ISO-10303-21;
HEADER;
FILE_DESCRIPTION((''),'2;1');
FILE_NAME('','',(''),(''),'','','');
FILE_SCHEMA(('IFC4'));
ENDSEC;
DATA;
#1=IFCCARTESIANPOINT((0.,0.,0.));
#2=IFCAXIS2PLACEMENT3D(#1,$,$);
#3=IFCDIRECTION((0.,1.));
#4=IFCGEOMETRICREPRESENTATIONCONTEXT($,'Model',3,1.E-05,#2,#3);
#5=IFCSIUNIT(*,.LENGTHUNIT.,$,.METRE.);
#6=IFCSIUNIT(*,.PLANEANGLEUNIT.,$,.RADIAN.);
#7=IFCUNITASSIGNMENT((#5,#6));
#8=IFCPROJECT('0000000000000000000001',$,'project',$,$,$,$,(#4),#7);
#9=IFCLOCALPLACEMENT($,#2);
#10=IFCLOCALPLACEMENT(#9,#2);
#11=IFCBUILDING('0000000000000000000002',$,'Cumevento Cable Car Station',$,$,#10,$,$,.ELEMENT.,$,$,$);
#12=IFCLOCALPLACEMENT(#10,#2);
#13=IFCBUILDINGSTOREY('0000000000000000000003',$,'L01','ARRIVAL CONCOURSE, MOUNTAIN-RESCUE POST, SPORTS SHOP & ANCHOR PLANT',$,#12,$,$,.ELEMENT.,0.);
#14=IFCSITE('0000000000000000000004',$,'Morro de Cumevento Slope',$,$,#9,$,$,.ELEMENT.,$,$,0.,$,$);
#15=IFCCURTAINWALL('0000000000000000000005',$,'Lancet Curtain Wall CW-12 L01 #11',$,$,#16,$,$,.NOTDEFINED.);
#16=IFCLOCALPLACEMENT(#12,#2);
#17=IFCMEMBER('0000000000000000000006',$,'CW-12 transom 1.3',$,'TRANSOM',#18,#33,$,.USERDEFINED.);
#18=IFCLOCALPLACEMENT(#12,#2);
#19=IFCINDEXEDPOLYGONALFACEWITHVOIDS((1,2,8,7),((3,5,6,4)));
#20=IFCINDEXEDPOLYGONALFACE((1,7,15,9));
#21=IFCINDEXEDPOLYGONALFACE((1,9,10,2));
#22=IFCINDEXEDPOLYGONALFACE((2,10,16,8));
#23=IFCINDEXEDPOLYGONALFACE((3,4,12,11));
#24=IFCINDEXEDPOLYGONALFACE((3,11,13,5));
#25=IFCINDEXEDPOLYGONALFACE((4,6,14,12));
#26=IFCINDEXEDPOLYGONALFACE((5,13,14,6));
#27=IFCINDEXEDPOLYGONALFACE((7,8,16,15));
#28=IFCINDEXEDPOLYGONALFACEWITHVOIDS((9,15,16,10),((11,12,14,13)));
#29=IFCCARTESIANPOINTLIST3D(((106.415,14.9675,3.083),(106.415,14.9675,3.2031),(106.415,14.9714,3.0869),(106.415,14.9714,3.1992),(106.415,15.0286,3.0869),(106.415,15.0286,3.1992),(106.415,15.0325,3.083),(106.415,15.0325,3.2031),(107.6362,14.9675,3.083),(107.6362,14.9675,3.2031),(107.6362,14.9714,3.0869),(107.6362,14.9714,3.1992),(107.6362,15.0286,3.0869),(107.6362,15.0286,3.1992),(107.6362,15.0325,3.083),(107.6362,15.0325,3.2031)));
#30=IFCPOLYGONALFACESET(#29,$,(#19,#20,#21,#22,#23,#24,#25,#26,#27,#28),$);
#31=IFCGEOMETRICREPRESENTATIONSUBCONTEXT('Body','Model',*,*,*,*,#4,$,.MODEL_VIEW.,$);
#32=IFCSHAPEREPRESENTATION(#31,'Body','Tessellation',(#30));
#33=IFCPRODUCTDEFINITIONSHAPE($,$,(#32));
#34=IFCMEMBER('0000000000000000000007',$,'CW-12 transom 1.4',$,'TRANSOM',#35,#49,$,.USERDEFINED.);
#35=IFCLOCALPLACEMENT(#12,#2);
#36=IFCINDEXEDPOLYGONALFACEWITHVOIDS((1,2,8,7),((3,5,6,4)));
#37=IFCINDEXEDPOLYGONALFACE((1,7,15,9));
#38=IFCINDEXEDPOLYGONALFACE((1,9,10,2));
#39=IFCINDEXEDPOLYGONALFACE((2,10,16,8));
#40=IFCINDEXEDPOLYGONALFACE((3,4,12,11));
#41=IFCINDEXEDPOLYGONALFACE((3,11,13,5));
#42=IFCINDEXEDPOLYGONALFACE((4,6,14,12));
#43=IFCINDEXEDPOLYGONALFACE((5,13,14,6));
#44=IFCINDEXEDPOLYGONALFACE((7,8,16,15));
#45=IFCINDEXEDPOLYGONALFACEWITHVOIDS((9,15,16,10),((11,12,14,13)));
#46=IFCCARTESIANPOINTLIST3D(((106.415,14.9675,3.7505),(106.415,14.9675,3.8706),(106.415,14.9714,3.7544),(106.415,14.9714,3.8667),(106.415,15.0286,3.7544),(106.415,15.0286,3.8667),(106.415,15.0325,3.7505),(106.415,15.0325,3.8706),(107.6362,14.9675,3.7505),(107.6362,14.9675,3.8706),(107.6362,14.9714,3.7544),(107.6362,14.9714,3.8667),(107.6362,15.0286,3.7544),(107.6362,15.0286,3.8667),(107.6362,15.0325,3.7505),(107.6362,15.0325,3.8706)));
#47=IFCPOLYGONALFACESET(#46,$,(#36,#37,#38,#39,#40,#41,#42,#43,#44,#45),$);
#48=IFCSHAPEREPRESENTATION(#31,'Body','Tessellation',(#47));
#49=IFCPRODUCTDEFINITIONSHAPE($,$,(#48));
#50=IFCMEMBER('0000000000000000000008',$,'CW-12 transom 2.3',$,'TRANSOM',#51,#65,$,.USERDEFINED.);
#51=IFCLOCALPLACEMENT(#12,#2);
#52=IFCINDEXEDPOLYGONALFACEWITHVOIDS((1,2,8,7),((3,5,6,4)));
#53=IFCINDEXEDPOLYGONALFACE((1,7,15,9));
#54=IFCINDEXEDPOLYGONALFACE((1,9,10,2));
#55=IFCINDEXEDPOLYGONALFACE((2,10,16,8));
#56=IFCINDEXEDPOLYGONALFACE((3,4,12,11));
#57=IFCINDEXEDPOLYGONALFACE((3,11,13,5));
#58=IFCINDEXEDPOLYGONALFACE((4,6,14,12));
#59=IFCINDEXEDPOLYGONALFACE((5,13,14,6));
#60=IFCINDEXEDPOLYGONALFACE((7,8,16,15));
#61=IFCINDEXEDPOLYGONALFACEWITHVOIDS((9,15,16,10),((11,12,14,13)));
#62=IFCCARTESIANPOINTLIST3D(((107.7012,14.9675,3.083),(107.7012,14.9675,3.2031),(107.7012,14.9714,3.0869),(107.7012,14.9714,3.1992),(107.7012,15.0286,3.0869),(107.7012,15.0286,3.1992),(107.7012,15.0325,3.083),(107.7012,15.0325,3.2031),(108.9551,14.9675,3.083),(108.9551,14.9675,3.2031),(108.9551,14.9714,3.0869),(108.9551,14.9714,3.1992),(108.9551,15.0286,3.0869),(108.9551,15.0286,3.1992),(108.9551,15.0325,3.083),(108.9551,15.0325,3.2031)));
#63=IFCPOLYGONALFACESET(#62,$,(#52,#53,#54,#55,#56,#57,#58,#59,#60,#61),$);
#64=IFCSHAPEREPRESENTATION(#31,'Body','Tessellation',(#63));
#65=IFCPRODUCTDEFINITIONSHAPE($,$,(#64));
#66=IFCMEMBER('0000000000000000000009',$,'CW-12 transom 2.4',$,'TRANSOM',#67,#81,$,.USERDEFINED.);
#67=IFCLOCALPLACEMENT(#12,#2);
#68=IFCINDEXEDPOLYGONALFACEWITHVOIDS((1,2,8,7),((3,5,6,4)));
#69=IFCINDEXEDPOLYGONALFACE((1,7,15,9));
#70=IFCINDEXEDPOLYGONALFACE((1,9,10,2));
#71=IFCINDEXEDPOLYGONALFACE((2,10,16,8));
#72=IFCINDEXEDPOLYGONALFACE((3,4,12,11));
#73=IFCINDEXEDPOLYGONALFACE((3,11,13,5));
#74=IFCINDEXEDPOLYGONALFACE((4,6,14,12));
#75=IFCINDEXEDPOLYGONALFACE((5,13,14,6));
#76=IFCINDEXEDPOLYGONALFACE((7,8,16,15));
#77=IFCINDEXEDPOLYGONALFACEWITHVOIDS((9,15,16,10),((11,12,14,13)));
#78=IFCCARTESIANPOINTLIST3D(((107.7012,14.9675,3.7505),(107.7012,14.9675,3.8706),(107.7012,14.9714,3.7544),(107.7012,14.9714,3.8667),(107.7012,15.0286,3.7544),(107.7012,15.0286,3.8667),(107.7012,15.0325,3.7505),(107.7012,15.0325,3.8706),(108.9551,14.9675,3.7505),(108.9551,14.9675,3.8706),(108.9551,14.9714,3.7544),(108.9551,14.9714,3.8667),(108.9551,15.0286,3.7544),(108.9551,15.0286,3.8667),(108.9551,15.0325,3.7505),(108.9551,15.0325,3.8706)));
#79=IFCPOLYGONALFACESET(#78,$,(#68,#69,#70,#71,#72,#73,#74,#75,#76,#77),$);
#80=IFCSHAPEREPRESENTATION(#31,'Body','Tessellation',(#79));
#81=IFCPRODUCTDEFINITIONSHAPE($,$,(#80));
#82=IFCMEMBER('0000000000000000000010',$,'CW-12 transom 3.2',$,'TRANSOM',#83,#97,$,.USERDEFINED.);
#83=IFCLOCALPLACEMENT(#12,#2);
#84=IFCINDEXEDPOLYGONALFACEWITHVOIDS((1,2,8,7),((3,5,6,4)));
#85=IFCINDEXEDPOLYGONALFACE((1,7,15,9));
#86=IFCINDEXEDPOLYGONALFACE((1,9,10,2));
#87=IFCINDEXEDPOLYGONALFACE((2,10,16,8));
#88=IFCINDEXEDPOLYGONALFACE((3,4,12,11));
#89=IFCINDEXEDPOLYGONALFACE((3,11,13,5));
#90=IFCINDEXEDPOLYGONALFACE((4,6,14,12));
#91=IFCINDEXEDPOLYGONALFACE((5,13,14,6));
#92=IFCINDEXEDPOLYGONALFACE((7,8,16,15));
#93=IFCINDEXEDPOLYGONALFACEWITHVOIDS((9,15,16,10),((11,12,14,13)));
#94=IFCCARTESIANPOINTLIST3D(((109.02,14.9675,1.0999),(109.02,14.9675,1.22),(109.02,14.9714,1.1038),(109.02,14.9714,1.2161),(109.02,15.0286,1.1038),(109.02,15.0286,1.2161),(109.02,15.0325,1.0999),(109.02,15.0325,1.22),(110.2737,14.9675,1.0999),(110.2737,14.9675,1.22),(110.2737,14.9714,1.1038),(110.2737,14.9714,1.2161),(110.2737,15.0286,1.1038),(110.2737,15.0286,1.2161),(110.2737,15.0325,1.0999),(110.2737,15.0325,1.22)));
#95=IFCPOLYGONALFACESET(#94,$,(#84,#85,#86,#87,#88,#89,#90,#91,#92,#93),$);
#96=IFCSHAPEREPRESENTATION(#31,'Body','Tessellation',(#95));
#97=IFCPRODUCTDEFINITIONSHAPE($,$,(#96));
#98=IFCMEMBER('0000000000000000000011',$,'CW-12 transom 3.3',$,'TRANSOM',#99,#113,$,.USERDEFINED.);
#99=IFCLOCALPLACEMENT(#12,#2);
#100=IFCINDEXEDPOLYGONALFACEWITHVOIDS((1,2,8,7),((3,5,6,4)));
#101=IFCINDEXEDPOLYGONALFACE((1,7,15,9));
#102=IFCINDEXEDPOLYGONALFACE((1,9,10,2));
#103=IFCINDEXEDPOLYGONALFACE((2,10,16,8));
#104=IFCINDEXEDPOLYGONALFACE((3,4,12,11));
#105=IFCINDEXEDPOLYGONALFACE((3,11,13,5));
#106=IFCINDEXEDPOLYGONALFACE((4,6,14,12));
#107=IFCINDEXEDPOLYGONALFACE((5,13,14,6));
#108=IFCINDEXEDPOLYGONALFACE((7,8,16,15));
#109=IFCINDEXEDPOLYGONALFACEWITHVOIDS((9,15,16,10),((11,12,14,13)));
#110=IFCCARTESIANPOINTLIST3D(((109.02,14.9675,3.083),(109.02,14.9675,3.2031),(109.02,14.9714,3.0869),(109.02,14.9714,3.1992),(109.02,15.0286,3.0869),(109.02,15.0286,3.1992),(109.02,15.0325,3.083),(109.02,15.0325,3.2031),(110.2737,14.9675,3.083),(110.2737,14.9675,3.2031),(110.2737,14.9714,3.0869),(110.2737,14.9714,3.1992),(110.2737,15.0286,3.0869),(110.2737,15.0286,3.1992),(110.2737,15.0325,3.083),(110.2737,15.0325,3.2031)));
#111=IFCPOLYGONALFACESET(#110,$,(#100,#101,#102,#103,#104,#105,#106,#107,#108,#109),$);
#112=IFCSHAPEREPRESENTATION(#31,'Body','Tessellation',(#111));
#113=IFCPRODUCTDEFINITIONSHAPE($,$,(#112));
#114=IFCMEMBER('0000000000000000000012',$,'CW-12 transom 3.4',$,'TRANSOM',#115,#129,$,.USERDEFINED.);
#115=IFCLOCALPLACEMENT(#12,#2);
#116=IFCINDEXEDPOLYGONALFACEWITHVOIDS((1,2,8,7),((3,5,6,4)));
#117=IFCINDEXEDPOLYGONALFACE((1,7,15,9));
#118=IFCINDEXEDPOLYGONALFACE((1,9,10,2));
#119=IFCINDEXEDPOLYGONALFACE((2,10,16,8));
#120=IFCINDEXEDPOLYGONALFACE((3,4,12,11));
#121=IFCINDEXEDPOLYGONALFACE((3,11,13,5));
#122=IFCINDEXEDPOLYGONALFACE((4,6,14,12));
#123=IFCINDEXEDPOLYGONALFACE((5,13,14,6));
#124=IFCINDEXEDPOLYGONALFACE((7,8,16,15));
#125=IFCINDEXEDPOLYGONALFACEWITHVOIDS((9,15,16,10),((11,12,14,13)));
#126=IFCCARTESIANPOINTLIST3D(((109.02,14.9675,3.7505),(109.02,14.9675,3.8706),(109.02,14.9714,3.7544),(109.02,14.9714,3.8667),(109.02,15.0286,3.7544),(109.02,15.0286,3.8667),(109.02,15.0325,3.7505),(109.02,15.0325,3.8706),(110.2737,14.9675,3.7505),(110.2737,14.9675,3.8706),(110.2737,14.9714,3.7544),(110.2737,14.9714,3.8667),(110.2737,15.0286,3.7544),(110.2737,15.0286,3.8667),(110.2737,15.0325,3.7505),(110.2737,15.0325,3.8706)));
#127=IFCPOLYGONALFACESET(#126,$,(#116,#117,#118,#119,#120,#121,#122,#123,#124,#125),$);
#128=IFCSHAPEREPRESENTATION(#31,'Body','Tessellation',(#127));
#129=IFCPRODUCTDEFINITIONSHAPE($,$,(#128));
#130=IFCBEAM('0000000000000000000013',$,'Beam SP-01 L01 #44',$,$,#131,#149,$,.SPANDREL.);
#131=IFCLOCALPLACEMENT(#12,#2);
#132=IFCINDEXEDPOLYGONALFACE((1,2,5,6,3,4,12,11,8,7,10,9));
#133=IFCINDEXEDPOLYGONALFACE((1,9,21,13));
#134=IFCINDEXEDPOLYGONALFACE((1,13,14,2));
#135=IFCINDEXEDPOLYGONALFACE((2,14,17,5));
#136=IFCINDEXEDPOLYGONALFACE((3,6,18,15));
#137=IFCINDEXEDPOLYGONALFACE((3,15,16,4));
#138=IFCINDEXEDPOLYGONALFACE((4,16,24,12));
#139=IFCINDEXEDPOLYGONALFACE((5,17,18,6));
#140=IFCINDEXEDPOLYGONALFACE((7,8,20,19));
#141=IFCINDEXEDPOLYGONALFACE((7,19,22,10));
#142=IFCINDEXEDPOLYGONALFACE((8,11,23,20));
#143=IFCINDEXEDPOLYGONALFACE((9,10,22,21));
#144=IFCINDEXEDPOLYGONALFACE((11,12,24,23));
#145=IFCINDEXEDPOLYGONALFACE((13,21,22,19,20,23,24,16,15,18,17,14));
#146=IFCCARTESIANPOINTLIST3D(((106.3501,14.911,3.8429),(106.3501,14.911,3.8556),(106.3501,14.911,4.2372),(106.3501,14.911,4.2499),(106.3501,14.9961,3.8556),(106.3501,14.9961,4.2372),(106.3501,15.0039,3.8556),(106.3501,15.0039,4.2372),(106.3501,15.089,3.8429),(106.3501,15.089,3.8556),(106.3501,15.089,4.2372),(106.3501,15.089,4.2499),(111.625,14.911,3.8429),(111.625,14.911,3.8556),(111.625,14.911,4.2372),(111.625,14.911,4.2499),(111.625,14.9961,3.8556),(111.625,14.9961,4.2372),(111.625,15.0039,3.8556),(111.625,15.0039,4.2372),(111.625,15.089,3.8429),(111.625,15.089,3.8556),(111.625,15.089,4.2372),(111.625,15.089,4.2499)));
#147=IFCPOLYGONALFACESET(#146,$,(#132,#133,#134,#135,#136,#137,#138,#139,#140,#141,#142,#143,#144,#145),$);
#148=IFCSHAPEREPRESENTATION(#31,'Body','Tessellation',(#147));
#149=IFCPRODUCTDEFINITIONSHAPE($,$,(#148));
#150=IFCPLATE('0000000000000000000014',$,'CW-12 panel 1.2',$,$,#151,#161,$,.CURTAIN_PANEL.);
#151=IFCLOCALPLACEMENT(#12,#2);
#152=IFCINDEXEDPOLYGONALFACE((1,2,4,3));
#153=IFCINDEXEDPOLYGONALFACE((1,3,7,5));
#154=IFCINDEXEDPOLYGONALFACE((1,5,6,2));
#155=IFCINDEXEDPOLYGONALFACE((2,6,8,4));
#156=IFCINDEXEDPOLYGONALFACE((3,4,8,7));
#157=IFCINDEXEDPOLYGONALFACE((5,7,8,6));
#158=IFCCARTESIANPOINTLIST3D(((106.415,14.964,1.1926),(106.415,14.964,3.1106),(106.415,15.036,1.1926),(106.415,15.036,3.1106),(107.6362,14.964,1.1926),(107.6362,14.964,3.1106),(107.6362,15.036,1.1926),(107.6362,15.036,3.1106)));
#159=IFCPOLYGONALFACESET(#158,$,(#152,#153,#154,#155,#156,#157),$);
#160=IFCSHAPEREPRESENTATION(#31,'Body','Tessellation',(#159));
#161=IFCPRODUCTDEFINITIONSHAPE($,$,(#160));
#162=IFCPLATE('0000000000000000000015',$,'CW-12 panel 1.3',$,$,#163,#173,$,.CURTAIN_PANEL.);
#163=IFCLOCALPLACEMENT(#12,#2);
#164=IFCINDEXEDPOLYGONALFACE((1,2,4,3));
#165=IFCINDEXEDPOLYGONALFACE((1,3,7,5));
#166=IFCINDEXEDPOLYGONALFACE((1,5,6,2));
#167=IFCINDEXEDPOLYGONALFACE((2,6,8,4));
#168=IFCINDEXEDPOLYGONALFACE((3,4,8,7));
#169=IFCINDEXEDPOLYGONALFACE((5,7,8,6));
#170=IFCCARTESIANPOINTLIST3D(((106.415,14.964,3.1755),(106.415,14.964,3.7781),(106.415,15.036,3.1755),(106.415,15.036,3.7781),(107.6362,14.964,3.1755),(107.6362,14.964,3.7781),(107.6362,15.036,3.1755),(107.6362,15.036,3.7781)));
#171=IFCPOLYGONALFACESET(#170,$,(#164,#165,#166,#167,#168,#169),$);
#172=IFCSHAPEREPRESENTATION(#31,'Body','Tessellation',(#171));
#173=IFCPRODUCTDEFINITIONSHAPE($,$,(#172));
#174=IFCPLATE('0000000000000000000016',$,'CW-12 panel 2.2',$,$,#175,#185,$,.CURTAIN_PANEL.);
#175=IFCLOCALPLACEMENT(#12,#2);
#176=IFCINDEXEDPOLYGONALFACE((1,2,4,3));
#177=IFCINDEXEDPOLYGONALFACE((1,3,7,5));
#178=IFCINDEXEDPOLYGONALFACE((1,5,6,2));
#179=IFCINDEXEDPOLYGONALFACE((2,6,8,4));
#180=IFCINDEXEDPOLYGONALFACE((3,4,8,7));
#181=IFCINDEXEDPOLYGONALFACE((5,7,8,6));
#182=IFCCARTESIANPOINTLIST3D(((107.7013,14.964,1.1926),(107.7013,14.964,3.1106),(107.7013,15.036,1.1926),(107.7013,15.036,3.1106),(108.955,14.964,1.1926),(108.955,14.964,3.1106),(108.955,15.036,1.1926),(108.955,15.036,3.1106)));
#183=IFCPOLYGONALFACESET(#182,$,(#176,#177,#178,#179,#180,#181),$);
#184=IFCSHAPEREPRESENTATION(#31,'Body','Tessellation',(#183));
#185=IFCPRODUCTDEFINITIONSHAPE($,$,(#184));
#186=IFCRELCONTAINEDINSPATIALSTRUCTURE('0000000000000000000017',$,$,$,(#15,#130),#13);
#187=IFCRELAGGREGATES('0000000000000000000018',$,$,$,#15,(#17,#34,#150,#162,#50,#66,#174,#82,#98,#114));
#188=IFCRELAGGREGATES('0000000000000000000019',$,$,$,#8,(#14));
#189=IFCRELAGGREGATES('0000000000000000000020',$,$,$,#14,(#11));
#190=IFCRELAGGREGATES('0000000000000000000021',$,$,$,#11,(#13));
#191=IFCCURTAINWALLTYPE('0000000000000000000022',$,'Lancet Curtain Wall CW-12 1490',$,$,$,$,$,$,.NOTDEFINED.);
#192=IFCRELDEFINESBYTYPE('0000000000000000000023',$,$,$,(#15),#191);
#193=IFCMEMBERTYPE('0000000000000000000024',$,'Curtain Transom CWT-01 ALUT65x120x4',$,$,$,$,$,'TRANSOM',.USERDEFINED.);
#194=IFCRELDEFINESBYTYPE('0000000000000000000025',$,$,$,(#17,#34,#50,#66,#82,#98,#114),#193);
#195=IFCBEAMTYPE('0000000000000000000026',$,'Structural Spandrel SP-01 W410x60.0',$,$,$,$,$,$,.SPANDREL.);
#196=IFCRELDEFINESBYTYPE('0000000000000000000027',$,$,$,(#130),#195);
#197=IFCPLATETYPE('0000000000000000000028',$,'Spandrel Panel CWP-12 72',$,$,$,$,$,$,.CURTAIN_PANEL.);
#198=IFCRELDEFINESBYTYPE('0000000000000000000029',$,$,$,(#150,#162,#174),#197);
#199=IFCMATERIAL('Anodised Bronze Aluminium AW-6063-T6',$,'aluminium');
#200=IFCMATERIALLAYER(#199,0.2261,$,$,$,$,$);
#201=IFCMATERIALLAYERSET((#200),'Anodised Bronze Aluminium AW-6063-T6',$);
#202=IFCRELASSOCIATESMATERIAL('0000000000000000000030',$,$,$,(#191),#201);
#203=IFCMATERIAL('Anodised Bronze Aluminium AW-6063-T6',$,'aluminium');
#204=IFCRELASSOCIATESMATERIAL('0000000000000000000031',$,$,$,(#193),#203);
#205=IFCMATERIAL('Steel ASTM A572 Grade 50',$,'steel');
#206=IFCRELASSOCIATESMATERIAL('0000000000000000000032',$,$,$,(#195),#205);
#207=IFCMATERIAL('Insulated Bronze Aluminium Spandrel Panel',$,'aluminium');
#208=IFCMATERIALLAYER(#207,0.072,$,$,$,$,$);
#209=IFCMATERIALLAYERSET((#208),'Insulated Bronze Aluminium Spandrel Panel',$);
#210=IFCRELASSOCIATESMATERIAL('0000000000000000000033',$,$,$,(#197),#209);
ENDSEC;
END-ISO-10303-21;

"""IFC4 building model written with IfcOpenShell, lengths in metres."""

from ifc_helpers import new_model, si_unit, direction, frame, origin, origin_2d, place, context, subcontext, project, spatial, rectangle, hollow_rectangle, i_section, extrude, material, layer, layer_set, material_profile, profile_set, type_object, element, aggregate, save


model = new_model("IFC4")

# Units and contexts
model_context = context("Model", 3, precision=1e-05, world=origin(), true_north=direction((0.0, 1.0)))
body_context = subcontext(model_context, "Body", "Model", "MODEL_VIEW")
ifc_project = project(units=[si_unit("LENGTHUNIT", "METRE"), si_unit("PLANEANGLEUNIT", "RADIAN")], contexts=[model_context])

# Site, building, storey
site_placement = place(None, origin())
site = spatial("IfcSite", under=ifc_project, at=site_placement, Name="Morro de Cumevento Slope", CompositionType="ELEMENT", RefElevation=0.0)
building_placement = place(site_placement, origin())
building = spatial("IfcBuilding", under=site, at=building_placement, Name="Cumevento Cable Car Station", CompositionType="ELEMENT")
storey_placement = place(building_placement, origin())
storey = spatial("IfcBuildingStorey", under=building, at=storey_placement, Name="L01", Description="ARRIVAL CONCOURSE, MOUNTAIN-RESCUE POST, SPORTS SHOP & ANCHOR PLANT", CompositionType="ELEMENT", Elevation=0.0)

# Curtain wall, members
ifc_material_1 = material(Name="Anodised Bronze Aluminium AW-6063-T6", Category="aluminium")
ifc_layer_1 = layer(ifc_material_1, 0.2261)
ifc_layer_set_1 = layer_set([ifc_layer_1], Name="Anodised Bronze Aluminium AW-6063-T6")
curtain_wall_type = type_object("IfcCurtainWallType", Name="Lancet Curtain Wall CW-12 1490", PredefinedType="NOTDEFINED", material=ifc_layer_set_1)
curtain_wall_placement = place(storey_placement, origin())
curtain_wall = element("IfcCurtainWall", 1, at=curtain_wall_placement, inside=storey, type_object=curtain_wall_type, Name="Lancet Curtain Wall CW-12 L01 #11", PredefinedType="NOTDEFINED")
ifc_material_2 = material(Name="Anodised Bronze Aluminium AW-6063-T6", Category="aluminium")
ifc_material_profile_1 = material_profile(ifc_material_2, hollow_rectangle(XDim=0.0649, YDim=0.1201, WallThickness=0.0039, at=origin_2d()), Name="ALUT65x120x4")
ifc_profile_set_1 = profile_set([ifc_material_profile_1], Name="Anodised Bronze Aluminium AW-6063-T6")
member_type = type_object("IfcMemberType", Name="Curtain Transom CWT-01 ALUT65x120x4", ElementType="TRANSOM", PredefinedType="USERDEFINED", material=ifc_profile_set_1)
member_1_placement = place(storey_placement, frame((106.415, 15.0, 3.1431), z_axis=(1.0, 0.0, 0.0), x_axis=(0.0, 1.0, 0.0)))
member_1 = element("IfcMember", 2, at=member_1_placement, type_object=member_type, Name="CW-12 transom 1.3", ObjectType="TRANSOM", PredefinedType="USERDEFINED", context=body_context, shape_type="SweptSolid", body=[
    extrude(hollow_rectangle(XDim=0.0649, YDim=0.1201, WallThickness=0.0039, at=origin_2d()), origin(), (0.0, 0.0, 1.0), 1.2212),
])
member_2_placement = place(storey_placement, frame((106.415, 15.0, 3.8105), z_axis=(1.0, 0.0, 0.0), x_axis=(0.0, 1.0, 0.0)))
member_2 = element("IfcMember", 3, at=member_2_placement, type_object=member_type, Name="CW-12 transom 1.4", ObjectType="TRANSOM", PredefinedType="USERDEFINED", context=body_context, shape_type="SweptSolid", body=[
    extrude(hollow_rectangle(XDim=0.0649, YDim=0.1201, WallThickness=0.0039, at=origin_2d()), origin(), (0.0, 0.0, 1.0), 1.2212),
])
member_3_placement = place(storey_placement, frame((107.7012, 15.0, 3.1431), z_axis=(1.0, 0.0, 0.0), x_axis=(0.0, 1.0, 0.0)))
member_3 = element("IfcMember", 4, at=member_3_placement, type_object=member_type, Name="CW-12 transom 2.3", ObjectType="TRANSOM", PredefinedType="USERDEFINED", context=body_context, shape_type="SweptSolid", body=[
    extrude(hollow_rectangle(XDim=0.0649, YDim=0.1201, WallThickness=0.0039, at=origin_2d()), origin(), (0.0, 0.0, 1.0), 1.2539),
])
member_4_placement = place(storey_placement, frame((107.7012, 15.0, 3.8105), z_axis=(1.0, 0.0, 0.0), x_axis=(0.0, 1.0, 0.0)))
member_4 = element("IfcMember", 5, at=member_4_placement, type_object=member_type, Name="CW-12 transom 2.4", ObjectType="TRANSOM", PredefinedType="USERDEFINED", context=body_context, shape_type="SweptSolid", body=[
    extrude(hollow_rectangle(XDim=0.0649, YDim=0.1201, WallThickness=0.0039, at=origin_2d()), origin(), (0.0, 0.0, 1.0), 1.2539),
])
member_5_placement = place(storey_placement, frame((109.02, 15.0, 1.1599), z_axis=(1.0, 0.0, 0.0), x_axis=(0.0, 1.0, 0.0)))
member_5 = element("IfcMember", 6, at=member_5_placement, type_object=member_type, Name="CW-12 transom 3.2", ObjectType="TRANSOM", PredefinedType="USERDEFINED", context=body_context, shape_type="SweptSolid", body=[
    extrude(hollow_rectangle(XDim=0.0649, YDim=0.1201, WallThickness=0.0039, at=origin_2d()), origin(), (0.0, 0.0, 1.0), 1.2537),
])
member_6_placement = place(storey_placement, frame((109.02, 15.0, 3.1431), z_axis=(1.0, 0.0, 0.0), x_axis=(0.0, 1.0, 0.0)))
member_6 = element("IfcMember", 7, at=member_6_placement, type_object=member_type, Name="CW-12 transom 3.3", ObjectType="TRANSOM", PredefinedType="USERDEFINED", context=body_context, shape_type="SweptSolid", body=[
    extrude(hollow_rectangle(XDim=0.0649, YDim=0.1201, WallThickness=0.0039, at=origin_2d()), origin(), (0.0, 0.0, 1.0), 1.2537),
])
member_7_placement = place(storey_placement, frame((109.02, 15.0, 3.8105), z_axis=(1.0, 0.0, 0.0), x_axis=(0.0, 1.0, 0.0)))
member_7 = element("IfcMember", 8, at=member_7_placement, type_object=member_type, Name="CW-12 transom 3.4", ObjectType="TRANSOM", PredefinedType="USERDEFINED", context=body_context, shape_type="SweptSolid", body=[
    extrude(hollow_rectangle(XDim=0.0649, YDim=0.1201, WallThickness=0.0039, at=origin_2d()), origin(), (0.0, 0.0, 1.0), 1.2537),
])

# Beam
ifc_material_3 = material(Name="Steel ASTM A572 Grade 50", Category="steel")
ifc_material_profile_2 = material_profile(ifc_material_3, i_section(OverallWidth=0.178, OverallDepth=0.407, WebThickness=0.0078, FlangeThickness=0.0127, at=origin_2d()), Name="W410x60.0")
ifc_profile_set_2 = profile_set([ifc_material_profile_2], Name="Steel ASTM A572 Grade 50")
beam_type = type_object("IfcBeamType", Name="Structural Spandrel SP-01 W410x60.0", PredefinedType="SPANDREL", material=ifc_profile_set_2)
beam_placement = place(storey_placement, frame((106.3501, 15.0, 4.0464), z_axis=(1.0, 0.0, 0.0), x_axis=(0.0, 1.0, 0.0)))
element("IfcBeam", 9, at=beam_placement, inside=storey, type_object=beam_type, Name="Beam SP-01 L01 #44", PredefinedType="SPANDREL", context=body_context, shape_type="SweptSolid", body=[
    extrude(i_section(OverallWidth=0.178, OverallDepth=0.407, WebThickness=0.0078, FlangeThickness=0.0127, at=origin_2d()), origin(), (0.0, 0.0, 1.0), 5.2749),
])

# Plates
ifc_material_4 = material(Name="Insulated Bronze Aluminium Spandrel Panel", Category="aluminium")
ifc_layer_2 = layer(ifc_material_4, 0.072)
ifc_layer_set_2 = layer_set([ifc_layer_2], Name="Insulated Bronze Aluminium Spandrel Panel")
plate_type = type_object("IfcPlateType", Name="Spandrel Panel CWP-12 72", PredefinedType="CURTAIN_PANEL", material=ifc_layer_set_2)
plate_1_placement = place(storey_placement, frame((107.0256, 15.0, 1.1926), z_axis=(0.0, 0.0, 1.0), x_axis=(1.0, 0.0, 0.0)))
plate_1 = element("IfcPlate", 10, at=plate_1_placement, type_object=plate_type, Name="CW-12 panel 1.2", PredefinedType="CURTAIN_PANEL", context=body_context, shape_type="SweptSolid", body=[
    extrude(rectangle(XDim=1.2212, YDim=0.072, at=origin_2d()), origin(), (0.0, 0.0, 1.0), 1.918),
])
plate_2_placement = place(storey_placement, frame((107.0256, 15.0, 3.1755), z_axis=(0.0, 0.0, 1.0), x_axis=(1.0, 0.0, 0.0)))
plate_2 = element("IfcPlate", 11, at=plate_2_placement, type_object=plate_type, Name="CW-12 panel 1.3", PredefinedType="CURTAIN_PANEL", context=body_context, shape_type="SweptSolid", body=[
    extrude(rectangle(XDim=1.2212, YDim=0.072, at=origin_2d()), origin(), (0.0, 0.0, 1.0), 0.6025),
])
plate_3_placement = place(storey_placement, frame((108.3281, 15.0, 1.1926), z_axis=(0.0, 0.0, 1.0), x_axis=(1.0, 0.0, 0.0)))
plate_3 = element("IfcPlate", 12, at=plate_3_placement, type_object=plate_type, Name="CW-12 panel 2.2", PredefinedType="CURTAIN_PANEL", context=body_context, shape_type="SweptSolid", body=[
    extrude(rectangle(XDim=1.2537, YDim=0.072, at=origin_2d()), origin(), (0.0, 0.0, 1.0), 1.918),
])
aggregate(curtain_wall, [member_1, member_2, plate_1, plate_2, member_3, member_4, plate_3, member_5, member_6, member_7])

save(model, "model.ifc")
